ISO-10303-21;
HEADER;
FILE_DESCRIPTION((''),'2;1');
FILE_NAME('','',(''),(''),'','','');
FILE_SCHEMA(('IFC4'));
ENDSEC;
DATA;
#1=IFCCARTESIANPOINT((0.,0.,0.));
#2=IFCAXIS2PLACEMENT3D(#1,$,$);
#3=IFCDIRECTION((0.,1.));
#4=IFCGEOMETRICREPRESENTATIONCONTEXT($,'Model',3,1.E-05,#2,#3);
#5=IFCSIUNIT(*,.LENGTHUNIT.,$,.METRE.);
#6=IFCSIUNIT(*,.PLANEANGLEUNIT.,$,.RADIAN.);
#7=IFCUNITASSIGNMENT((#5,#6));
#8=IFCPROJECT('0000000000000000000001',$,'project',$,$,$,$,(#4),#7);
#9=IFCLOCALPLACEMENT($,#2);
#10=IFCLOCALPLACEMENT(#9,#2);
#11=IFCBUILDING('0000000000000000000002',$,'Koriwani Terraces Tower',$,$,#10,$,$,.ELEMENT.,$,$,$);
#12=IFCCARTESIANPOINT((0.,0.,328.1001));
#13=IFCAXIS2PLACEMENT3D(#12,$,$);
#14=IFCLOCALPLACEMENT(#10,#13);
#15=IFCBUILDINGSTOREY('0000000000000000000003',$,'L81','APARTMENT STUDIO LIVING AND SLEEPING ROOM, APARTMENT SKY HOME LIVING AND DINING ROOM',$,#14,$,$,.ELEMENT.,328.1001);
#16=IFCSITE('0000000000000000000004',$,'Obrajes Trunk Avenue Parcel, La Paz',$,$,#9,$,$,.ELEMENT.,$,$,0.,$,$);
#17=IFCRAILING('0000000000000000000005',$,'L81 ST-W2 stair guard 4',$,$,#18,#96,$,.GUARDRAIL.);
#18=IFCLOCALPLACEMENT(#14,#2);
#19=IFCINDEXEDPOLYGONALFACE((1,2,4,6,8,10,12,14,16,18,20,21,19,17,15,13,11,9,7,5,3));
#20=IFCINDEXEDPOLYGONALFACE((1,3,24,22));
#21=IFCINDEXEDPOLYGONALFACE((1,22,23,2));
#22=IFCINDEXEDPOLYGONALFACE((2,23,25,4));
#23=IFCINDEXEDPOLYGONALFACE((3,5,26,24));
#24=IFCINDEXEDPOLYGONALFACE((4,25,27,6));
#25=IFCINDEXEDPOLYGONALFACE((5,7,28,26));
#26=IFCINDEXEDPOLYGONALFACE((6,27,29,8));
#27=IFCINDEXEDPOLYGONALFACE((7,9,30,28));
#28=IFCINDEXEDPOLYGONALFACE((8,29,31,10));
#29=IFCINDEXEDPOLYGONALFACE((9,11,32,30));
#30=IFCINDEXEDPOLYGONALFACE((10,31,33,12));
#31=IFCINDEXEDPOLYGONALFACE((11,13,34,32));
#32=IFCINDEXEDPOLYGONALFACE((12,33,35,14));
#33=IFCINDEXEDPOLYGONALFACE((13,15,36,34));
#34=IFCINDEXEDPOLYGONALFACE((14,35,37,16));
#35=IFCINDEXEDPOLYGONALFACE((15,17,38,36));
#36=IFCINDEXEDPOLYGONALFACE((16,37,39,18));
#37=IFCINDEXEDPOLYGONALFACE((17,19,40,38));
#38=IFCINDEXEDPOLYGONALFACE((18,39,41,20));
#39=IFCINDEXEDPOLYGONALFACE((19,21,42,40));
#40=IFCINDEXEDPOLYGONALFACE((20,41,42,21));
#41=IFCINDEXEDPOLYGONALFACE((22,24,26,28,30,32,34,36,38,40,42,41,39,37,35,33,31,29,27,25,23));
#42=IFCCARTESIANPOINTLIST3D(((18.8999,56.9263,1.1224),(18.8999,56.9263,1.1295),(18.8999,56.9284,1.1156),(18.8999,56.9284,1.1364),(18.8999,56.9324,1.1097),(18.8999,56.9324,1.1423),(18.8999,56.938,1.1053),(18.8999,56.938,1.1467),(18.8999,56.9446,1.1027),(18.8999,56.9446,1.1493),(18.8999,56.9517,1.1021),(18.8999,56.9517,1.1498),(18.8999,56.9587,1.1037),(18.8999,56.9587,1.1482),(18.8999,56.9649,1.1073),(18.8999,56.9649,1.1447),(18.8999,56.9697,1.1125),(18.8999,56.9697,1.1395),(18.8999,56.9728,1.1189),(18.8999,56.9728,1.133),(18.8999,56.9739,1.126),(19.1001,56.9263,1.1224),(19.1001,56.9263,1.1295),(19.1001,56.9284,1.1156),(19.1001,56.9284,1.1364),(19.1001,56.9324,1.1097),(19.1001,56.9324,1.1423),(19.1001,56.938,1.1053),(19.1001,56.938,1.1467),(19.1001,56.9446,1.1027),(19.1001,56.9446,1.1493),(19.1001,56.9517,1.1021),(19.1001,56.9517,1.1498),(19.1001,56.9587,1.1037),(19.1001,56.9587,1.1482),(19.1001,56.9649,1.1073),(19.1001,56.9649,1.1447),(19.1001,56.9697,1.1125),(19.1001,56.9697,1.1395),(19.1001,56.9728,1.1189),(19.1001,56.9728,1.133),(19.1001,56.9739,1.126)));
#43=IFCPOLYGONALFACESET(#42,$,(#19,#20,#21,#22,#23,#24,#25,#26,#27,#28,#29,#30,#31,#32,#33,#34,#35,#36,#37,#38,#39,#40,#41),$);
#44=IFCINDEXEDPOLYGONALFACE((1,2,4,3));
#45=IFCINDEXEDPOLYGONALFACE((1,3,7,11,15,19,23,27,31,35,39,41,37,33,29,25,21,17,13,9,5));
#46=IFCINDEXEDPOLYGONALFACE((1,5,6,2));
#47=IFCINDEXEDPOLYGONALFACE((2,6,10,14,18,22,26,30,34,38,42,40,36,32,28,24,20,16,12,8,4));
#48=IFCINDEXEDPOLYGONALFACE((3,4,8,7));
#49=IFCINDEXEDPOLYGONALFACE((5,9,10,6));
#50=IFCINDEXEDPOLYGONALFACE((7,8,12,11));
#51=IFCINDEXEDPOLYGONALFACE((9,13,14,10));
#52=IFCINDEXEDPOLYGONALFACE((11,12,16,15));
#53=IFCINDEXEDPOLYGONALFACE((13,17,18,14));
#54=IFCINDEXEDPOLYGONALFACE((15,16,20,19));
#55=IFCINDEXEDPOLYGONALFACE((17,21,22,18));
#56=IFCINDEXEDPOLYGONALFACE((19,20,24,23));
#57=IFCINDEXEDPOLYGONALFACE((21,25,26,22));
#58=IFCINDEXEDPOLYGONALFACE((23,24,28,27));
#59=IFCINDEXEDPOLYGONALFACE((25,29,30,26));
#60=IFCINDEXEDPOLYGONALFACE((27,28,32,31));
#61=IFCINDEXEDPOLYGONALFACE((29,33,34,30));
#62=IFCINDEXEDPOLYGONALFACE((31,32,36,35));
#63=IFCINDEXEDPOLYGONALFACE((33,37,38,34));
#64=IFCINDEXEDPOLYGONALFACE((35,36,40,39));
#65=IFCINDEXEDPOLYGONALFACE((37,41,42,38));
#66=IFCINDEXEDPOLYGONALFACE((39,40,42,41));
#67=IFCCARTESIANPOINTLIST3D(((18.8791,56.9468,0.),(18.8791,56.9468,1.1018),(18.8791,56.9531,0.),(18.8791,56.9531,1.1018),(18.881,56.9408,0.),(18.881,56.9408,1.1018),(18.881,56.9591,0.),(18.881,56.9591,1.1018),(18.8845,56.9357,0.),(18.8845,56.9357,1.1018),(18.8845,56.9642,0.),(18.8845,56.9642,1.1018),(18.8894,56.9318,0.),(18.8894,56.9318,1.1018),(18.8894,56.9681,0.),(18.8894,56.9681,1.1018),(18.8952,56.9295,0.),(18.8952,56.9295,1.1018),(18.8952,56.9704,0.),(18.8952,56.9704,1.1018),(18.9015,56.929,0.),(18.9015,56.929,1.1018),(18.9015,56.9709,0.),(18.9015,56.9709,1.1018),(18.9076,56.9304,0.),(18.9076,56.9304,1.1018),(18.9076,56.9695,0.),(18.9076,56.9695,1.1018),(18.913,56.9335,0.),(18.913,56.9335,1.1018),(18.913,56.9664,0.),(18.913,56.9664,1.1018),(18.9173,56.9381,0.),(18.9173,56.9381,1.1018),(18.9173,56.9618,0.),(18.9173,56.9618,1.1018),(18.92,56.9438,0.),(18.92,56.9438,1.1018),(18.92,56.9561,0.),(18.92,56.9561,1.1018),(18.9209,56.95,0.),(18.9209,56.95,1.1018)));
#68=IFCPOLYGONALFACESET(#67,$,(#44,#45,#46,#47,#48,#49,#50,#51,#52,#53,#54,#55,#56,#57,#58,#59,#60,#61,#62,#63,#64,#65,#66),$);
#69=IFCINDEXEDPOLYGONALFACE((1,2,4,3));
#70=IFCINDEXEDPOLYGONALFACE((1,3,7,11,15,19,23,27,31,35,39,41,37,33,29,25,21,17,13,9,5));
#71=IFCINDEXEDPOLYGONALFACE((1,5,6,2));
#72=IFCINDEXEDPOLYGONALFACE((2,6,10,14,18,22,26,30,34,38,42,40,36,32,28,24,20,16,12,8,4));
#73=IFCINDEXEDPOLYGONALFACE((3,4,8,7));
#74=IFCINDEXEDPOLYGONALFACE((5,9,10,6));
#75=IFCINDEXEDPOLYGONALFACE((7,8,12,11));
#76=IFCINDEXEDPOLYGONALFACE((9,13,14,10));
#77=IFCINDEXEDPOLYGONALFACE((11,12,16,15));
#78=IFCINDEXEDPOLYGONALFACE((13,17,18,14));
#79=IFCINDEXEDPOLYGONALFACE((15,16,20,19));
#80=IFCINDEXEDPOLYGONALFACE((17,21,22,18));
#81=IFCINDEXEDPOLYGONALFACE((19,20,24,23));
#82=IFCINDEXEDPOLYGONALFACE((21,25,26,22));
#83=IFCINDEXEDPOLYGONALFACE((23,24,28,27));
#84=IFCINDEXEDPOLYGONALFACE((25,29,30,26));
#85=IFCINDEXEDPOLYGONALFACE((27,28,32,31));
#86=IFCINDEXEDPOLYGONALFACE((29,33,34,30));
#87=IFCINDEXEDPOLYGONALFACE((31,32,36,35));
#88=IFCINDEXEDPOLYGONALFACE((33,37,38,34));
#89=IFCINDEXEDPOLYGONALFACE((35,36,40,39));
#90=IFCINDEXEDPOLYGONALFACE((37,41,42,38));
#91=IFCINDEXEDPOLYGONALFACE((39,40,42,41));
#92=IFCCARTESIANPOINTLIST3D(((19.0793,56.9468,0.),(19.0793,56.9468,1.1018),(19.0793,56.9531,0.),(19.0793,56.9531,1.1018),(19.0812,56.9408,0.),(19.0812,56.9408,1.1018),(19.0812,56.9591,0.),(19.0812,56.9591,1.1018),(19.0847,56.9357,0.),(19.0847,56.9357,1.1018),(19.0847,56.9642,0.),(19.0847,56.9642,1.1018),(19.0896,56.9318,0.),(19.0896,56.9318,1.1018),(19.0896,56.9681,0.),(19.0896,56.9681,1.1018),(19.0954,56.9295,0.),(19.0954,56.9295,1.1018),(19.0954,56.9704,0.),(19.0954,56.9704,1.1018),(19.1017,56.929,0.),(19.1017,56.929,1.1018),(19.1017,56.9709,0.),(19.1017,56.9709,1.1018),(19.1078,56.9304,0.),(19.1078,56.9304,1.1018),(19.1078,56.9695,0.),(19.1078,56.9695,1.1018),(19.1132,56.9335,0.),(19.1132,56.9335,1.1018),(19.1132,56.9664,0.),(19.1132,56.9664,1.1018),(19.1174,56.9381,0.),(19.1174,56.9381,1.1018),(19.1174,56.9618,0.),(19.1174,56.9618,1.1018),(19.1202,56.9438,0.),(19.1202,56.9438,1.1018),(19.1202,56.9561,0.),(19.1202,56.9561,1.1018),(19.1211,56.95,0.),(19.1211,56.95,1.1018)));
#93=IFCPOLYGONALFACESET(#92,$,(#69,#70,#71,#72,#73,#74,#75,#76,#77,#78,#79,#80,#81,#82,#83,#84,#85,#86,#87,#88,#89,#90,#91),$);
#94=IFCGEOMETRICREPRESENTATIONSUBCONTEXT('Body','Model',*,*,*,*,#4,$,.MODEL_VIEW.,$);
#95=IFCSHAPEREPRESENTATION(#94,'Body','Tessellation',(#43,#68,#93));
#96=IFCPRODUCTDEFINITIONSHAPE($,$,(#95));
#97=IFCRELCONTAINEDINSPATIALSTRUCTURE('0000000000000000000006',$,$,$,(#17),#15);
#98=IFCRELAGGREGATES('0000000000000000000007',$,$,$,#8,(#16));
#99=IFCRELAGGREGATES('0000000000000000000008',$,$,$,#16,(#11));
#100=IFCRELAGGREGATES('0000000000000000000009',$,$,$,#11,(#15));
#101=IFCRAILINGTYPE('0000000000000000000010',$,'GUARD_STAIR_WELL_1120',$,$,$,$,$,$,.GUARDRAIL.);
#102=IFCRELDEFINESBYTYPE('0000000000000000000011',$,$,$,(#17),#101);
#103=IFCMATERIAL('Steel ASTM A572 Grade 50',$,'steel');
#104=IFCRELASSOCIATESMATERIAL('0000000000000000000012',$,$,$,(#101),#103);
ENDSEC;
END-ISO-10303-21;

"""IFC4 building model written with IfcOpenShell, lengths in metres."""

from ifc_helpers import new_model, si_unit, direction, frame, origin, origin_2d, place, context, subcontext, project, spatial, circle, extrude, material, type_object, element, save


model = new_model("IFC4")

# Units and contexts
model_context = context("Model", 3, precision=1e-05, world=origin(), true_north=direction((0.0, 1.0)))
body_context = subcontext(model_context, "Body", "Model", "MODEL_VIEW")
ifc_project = project(units=[si_unit("LENGTHUNIT", "METRE"), si_unit("PLANEANGLEUNIT", "RADIAN")], contexts=[model_context])

# Site, building, storey
site_placement = place(None, origin())
site = spatial("IfcSite", under=ifc_project, at=site_placement, Name="Obrajes Trunk Avenue Parcel, La Paz", CompositionType="ELEMENT", RefElevation=0.0)
building_placement = place(site_placement, origin())
building = spatial("IfcBuilding", under=site, at=building_placement, Name="Koriwani Terraces Tower", CompositionType="ELEMENT")
storey_placement = place(building_placement, frame((0.0, 0.0, 328.1001)))
storey = spatial("IfcBuildingStorey", under=building, at=storey_placement, Name="L81", Description="APARTMENT STUDIO LIVING AND SLEEPING ROOM, APARTMENT SKY HOME LIVING AND DINING ROOM", CompositionType="ELEMENT", Elevation=328.1001)

# Shared definitions
ifc_material_1 = material(Name="Steel ASTM A572 Grade 50", Category="steel")

# Railing
railing_type_1 = type_object("IfcRailingType", Name="GUARD_STAIR_WELL_1120", PredefinedType="GUARDRAIL", material=ifc_material_1)
railing_1_placement = place(storey_placement, frame((18.8999, 56.95, 0.0)))
element("IfcRailing", 1, at=railing_1_placement, inside=storey, type_object=railing_type_1, Name="L81 ST-W2 stair guard 4", PredefinedType="GUARDRAIL", context=body_context, shape_type="SweptSolid", body=[
    extrude(circle(Radius=0.0239, at=origin_2d()), frame((0.0, 0.0, 1.126), z_axis=(1.0, 0.0, 0.0), x_axis=(0.0, 1.0, 0.0)), (0.0, 0.0, 1.0), 0.2002),
    extrude(circle(Radius=0.021, at=origin_2d()), origin(), (0.0, 0.0, 1.0), 1.1018),
    extrude(circle(Radius=0.021, at=origin_2d()), frame((0.2002, 0.0, 0.0)), (0.0, 0.0, 1.0), 1.1018),
])

save(model, "model.ifc")
